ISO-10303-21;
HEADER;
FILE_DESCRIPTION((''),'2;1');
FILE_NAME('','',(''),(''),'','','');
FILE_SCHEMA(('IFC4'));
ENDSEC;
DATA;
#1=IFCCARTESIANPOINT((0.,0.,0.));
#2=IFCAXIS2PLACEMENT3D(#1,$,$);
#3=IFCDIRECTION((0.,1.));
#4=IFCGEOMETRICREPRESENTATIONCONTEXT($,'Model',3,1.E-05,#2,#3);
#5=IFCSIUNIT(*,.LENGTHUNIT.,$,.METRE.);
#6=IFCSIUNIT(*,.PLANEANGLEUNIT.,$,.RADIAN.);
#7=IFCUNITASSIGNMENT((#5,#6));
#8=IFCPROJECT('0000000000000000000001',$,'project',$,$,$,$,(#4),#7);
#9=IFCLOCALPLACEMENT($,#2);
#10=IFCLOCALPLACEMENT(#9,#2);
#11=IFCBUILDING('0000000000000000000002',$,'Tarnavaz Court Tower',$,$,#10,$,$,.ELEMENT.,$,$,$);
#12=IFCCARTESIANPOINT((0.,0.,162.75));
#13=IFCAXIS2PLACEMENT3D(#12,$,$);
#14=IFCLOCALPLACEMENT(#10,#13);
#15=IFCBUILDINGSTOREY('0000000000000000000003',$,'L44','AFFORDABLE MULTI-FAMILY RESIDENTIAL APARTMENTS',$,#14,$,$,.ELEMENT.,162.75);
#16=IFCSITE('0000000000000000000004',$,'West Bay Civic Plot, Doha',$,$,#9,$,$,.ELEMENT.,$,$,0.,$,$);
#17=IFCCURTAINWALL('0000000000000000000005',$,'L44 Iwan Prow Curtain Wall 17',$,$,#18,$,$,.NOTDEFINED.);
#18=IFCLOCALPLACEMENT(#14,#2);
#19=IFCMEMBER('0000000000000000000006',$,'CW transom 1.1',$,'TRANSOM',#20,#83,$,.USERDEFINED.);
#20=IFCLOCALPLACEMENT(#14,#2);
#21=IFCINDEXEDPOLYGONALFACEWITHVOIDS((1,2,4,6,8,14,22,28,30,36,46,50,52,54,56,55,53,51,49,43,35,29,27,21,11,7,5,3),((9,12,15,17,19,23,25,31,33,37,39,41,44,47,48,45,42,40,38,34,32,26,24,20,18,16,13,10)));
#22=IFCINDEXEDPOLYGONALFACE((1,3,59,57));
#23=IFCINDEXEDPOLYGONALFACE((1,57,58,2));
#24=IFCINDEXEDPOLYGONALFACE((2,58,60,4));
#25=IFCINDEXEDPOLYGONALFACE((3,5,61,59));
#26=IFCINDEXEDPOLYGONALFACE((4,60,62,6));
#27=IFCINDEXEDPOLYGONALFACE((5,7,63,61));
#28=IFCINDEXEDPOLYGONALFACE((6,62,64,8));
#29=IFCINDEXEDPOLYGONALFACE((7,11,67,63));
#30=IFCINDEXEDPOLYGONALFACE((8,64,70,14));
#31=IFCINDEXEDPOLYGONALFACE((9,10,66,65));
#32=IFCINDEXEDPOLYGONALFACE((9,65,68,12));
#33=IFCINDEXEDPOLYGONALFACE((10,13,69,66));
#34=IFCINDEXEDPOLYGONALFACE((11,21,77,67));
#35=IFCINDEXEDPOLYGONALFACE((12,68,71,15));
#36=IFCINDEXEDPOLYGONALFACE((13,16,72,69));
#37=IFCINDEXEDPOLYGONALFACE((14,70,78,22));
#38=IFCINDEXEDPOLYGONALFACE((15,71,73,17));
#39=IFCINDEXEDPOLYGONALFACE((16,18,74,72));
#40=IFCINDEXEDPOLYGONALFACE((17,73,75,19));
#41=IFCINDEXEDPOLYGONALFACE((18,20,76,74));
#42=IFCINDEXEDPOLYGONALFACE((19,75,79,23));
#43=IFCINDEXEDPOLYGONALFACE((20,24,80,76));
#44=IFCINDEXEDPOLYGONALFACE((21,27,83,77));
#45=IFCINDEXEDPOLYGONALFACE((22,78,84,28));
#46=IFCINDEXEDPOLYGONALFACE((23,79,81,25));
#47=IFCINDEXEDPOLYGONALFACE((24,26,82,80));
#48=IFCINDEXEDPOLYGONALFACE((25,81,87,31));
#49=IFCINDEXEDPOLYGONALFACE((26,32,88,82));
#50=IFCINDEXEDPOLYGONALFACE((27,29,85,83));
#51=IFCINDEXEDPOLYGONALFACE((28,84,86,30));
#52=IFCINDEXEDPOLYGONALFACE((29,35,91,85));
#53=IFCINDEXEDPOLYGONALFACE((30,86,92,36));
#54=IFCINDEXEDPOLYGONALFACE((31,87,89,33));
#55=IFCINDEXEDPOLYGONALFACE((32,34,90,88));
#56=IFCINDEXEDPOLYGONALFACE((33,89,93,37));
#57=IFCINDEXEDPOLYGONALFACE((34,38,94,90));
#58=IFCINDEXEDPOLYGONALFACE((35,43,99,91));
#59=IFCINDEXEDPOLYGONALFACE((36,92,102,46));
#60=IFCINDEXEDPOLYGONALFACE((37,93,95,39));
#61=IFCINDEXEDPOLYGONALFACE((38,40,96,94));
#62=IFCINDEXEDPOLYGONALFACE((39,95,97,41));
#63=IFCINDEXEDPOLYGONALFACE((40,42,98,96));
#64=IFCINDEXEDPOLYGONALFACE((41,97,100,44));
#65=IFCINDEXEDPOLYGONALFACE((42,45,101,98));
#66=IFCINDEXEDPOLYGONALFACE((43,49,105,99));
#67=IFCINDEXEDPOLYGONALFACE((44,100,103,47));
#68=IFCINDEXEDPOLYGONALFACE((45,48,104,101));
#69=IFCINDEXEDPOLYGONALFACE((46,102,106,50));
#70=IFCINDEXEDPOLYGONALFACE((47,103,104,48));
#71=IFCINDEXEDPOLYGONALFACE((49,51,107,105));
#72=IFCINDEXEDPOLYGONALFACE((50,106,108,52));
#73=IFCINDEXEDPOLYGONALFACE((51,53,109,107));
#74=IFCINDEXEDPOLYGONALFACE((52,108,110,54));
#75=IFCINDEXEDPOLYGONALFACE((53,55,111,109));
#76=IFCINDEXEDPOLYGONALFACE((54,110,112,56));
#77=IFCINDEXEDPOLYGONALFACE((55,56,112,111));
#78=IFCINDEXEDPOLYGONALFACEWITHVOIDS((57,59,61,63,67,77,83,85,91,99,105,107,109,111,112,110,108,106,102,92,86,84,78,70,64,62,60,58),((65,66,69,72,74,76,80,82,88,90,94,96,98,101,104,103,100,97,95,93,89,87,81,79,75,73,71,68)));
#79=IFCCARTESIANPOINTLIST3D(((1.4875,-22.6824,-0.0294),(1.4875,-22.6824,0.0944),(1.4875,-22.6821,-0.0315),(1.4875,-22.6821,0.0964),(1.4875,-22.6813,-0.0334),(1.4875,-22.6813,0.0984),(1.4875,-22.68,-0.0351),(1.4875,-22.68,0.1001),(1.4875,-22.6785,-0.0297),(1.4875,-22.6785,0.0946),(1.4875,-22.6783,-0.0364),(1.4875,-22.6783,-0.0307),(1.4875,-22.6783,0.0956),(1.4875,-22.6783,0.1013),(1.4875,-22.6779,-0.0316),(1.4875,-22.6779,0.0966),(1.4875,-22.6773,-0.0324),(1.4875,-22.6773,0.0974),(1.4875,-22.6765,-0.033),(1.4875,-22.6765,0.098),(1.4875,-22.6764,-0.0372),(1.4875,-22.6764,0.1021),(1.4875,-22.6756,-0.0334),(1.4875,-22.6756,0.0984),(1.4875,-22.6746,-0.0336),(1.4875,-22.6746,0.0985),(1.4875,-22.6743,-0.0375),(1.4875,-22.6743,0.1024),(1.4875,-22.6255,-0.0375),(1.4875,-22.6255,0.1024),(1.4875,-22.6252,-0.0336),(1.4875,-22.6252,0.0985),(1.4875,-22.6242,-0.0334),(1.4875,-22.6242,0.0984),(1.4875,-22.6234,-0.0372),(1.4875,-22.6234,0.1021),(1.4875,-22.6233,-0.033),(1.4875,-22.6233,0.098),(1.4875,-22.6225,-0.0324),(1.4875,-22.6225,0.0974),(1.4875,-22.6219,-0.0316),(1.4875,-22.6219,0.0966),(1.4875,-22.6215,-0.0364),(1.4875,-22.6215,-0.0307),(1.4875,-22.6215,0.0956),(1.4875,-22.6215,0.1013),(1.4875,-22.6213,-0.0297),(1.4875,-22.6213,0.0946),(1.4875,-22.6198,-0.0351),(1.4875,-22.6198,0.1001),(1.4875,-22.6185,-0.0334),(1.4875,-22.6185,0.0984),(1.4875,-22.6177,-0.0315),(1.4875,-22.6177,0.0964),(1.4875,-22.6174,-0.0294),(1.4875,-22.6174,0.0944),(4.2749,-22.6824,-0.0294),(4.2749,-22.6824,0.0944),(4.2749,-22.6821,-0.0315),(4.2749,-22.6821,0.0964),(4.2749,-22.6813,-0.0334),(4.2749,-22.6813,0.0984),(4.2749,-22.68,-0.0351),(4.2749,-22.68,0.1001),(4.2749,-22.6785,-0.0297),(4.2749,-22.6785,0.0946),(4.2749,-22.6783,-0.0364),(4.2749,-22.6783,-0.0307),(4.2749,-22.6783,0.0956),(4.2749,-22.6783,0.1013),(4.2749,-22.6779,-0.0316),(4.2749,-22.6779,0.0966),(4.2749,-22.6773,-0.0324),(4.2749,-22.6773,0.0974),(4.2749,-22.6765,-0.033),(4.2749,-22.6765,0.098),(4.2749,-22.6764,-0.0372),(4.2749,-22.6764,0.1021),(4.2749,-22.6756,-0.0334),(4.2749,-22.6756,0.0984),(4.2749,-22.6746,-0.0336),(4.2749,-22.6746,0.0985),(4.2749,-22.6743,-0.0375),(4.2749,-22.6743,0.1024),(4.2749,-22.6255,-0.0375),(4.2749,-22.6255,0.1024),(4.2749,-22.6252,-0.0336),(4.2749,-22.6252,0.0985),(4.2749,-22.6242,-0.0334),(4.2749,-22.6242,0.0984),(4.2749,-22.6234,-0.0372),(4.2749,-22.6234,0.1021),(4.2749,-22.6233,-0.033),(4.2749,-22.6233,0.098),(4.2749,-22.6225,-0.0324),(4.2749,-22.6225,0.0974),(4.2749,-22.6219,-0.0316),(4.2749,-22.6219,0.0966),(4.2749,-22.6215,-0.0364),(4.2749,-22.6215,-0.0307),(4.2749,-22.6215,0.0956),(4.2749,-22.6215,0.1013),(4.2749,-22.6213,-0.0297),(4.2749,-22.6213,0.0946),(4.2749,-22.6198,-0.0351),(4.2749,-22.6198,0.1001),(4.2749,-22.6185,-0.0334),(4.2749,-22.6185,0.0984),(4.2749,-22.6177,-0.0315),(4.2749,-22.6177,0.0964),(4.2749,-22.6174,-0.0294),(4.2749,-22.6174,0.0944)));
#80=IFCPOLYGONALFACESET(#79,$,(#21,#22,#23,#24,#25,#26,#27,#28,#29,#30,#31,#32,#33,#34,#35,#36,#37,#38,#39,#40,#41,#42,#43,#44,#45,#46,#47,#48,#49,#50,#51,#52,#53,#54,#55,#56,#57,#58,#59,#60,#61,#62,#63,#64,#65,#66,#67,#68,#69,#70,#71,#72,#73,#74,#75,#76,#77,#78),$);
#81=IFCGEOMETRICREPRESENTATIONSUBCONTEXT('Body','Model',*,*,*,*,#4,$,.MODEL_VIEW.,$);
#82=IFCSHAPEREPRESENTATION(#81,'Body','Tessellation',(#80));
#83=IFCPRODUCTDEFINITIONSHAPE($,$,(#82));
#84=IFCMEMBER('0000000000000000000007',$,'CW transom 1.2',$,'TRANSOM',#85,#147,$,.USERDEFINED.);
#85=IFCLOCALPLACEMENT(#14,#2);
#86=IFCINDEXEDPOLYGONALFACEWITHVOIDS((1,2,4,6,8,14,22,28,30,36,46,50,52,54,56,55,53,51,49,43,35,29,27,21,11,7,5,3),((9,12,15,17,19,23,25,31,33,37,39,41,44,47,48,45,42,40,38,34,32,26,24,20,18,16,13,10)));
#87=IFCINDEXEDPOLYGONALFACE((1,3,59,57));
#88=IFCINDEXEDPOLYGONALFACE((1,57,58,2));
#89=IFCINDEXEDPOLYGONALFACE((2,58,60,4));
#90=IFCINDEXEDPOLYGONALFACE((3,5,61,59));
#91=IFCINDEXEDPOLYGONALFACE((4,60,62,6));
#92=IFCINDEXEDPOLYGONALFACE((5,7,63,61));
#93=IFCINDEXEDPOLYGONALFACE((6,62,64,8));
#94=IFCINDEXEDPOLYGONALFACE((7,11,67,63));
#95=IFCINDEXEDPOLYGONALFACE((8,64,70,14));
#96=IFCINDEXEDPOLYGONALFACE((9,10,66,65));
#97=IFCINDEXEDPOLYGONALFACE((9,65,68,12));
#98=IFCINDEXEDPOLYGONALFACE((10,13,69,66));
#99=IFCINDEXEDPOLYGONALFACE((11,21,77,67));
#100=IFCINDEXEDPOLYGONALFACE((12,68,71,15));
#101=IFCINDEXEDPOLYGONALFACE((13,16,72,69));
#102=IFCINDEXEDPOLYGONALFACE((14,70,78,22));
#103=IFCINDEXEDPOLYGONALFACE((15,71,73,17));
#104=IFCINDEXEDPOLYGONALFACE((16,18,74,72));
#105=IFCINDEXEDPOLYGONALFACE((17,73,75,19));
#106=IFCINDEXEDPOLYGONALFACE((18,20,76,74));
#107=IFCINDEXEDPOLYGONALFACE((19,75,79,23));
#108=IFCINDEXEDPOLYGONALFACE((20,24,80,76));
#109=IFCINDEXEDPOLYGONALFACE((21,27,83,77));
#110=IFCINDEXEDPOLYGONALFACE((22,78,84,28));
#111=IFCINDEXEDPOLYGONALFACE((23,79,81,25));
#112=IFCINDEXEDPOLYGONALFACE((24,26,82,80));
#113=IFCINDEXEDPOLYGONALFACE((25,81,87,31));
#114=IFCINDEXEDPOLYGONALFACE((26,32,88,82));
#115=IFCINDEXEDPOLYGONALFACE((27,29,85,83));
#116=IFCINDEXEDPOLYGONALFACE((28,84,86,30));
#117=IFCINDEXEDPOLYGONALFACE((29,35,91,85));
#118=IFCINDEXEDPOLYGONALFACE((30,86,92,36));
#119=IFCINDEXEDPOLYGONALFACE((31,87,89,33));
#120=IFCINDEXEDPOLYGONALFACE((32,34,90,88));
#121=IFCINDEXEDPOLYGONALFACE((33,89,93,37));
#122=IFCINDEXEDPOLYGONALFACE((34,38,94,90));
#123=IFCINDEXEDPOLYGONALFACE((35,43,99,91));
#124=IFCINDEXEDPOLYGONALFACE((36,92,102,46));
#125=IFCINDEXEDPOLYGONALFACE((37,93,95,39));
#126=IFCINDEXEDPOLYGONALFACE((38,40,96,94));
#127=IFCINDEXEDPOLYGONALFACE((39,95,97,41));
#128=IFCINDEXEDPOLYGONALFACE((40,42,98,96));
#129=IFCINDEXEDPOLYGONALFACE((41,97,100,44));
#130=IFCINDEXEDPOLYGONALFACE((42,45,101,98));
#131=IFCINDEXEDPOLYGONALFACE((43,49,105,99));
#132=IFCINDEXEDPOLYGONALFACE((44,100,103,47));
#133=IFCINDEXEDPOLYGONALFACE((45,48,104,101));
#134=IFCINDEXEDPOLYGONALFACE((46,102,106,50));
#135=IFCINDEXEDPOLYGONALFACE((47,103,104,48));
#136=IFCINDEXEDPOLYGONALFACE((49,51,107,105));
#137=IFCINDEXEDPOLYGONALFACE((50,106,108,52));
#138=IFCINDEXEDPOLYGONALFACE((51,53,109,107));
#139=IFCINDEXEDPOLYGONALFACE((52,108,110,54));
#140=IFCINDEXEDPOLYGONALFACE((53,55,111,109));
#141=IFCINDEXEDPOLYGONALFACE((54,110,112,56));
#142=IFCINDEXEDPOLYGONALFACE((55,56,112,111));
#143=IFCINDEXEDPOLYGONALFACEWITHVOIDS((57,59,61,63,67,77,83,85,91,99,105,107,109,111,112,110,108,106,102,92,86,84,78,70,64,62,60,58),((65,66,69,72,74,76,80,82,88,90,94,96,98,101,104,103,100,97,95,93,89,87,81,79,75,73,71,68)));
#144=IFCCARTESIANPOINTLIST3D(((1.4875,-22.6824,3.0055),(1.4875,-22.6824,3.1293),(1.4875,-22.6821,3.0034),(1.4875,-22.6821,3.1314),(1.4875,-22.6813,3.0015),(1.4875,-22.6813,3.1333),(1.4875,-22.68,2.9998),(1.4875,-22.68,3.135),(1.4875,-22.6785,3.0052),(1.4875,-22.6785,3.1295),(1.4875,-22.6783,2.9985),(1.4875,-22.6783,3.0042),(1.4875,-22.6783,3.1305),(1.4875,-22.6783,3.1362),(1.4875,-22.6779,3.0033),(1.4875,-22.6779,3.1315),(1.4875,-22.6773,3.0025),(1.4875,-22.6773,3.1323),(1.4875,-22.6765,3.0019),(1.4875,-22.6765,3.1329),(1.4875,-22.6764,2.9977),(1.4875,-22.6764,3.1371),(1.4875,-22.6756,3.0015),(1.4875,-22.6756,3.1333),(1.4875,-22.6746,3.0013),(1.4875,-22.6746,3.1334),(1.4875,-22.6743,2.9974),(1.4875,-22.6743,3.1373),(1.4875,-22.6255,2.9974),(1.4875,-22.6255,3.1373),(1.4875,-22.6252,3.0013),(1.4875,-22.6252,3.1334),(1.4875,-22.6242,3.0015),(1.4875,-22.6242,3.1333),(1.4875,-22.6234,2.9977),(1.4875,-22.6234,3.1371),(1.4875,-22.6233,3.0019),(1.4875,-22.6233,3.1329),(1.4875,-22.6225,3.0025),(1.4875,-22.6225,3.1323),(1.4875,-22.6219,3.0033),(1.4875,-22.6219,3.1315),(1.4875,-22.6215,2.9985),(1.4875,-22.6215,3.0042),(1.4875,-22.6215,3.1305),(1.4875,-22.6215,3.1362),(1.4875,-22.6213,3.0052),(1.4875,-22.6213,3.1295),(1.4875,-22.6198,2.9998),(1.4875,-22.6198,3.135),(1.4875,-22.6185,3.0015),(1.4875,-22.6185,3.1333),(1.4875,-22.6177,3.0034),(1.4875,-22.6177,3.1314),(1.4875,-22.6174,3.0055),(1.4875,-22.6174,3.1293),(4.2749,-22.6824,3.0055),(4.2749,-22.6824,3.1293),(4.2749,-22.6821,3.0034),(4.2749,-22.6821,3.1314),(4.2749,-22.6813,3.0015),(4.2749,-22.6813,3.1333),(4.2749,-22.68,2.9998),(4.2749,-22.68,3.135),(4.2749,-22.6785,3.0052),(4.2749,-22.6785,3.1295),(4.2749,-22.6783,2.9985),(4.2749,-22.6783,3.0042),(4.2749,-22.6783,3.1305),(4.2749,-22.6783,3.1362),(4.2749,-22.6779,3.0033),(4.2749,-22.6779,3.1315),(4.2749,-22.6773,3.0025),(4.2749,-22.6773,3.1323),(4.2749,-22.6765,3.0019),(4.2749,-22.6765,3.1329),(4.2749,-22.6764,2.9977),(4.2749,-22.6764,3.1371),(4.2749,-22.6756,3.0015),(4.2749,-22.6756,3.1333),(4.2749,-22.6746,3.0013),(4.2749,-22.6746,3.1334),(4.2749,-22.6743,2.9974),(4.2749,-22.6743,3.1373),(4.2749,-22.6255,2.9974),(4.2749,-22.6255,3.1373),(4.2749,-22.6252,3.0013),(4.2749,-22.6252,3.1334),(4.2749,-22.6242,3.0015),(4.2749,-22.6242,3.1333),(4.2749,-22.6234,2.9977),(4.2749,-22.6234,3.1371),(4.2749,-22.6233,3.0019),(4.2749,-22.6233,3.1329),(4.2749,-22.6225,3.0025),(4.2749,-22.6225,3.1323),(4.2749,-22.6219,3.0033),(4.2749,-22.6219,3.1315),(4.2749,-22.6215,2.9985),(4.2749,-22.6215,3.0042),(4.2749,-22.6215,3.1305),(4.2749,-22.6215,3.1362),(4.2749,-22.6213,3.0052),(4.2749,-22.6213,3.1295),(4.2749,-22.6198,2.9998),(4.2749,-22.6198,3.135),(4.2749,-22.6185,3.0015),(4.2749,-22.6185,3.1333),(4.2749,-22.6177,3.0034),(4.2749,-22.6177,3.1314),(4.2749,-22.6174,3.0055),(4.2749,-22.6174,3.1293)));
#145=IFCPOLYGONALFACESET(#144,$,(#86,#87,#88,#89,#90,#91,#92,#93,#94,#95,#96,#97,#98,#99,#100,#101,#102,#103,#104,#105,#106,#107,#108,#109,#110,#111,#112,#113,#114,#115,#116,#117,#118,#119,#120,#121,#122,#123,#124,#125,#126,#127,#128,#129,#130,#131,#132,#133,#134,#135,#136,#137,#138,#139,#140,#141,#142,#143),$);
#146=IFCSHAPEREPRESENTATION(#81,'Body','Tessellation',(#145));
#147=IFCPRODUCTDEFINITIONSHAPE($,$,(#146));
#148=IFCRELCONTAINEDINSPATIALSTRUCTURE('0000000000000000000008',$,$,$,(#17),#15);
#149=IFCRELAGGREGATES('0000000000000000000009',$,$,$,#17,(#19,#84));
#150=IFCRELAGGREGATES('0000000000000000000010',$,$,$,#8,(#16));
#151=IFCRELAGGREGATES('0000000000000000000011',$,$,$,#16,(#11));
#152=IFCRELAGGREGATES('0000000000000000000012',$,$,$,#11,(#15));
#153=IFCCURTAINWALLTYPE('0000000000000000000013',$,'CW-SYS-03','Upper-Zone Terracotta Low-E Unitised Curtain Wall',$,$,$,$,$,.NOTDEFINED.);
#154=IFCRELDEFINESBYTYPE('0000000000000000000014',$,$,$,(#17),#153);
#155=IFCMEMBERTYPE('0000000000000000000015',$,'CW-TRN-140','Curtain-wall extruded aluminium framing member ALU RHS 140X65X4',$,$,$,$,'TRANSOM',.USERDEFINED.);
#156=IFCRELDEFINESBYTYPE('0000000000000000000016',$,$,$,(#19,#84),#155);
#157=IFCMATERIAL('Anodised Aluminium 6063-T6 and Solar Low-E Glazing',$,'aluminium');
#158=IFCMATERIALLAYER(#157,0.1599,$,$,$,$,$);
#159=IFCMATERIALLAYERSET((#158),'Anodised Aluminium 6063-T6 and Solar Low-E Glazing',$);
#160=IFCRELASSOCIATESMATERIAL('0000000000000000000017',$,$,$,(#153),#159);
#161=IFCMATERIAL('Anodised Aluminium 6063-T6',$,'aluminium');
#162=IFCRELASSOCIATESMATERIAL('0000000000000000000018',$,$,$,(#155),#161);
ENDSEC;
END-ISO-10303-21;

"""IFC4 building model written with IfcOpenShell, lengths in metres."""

from ifc_helpers import new_model, si_unit, direction, frame, origin, origin_2d, place, context, subcontext, project, spatial, hollow_rectangle, extrude, material, layer, layer_set, material_profile, profile_set, type_object, element, aggregate, save


model = new_model("IFC4")

# Units and contexts
model_context = context("Model", 3, precision=1e-05, world=origin(), true_north=direction((0.0, 1.0)))
body_context = subcontext(model_context, "Body", "Model", "MODEL_VIEW")
ifc_project = project(units=[si_unit("LENGTHUNIT", "METRE"), si_unit("PLANEANGLEUNIT", "RADIAN")], contexts=[model_context])

# Site, building, storey
site_placement = place(None, origin())
site = spatial("IfcSite", under=ifc_project, at=site_placement, Name="West Bay Civic Plot, Doha", CompositionType="ELEMENT", RefElevation=0.0)
building_placement = place(site_placement, origin())
building = spatial("IfcBuilding", under=site, at=building_placement, Name="Tarnavaz Court Tower", CompositionType="ELEMENT")
storey_placement = place(building_placement, frame((0.0, 0.0, 162.75)))
storey = spatial("IfcBuildingStorey", under=building, at=storey_placement, Name="L44", Description="AFFORDABLE MULTI-FAMILY RESIDENTIAL APARTMENTS", CompositionType="ELEMENT", Elevation=162.75)

# Curtain wall, members
ifc_material_1 = material(Name="Anodised Aluminium 6063-T6 and Solar Low-E Glazing", Category="aluminium")
ifc_layer_1 = layer(ifc_material_1, 0.1599)
ifc_layer_set_1 = layer_set([ifc_layer_1], Name="Anodised Aluminium 6063-T6 and Solar Low-E Glazing")
curtain_wall_type = type_object("IfcCurtainWallType", Name="CW-SYS-03", Description="Upper-Zone Terracotta Low-E Unitised Curtain Wall", PredefinedType="NOTDEFINED", material=ifc_layer_set_1)
curtain_wall_placement = place(storey_placement, origin())
curtain_wall = element("IfcCurtainWall", 1, at=curtain_wall_placement, inside=storey, type_object=curtain_wall_type, Name="L44 Iwan Prow Curtain Wall 17", PredefinedType="NOTDEFINED")
ifc_material_2 = material(Name="Anodised Aluminium 6063-T6", Category="aluminium")
ifc_material_profile_1 = material_profile(ifc_material_2, hollow_rectangle(XDim=0.0649, YDim=0.1399, WallThickness=0.0039, InnerFilletRadius=0.0039, OuterFilletRadius=0.0081, at=origin_2d()), Name="ALU RHS 140X65X4")
ifc_profile_set_1 = profile_set([ifc_material_profile_1], Name="Anodised Aluminium 6063-T6")
member_type_1 = type_object("IfcMemberType", Name="CW-TRN-140", Description="Curtain-wall extruded aluminium framing member ALU RHS 140X65X4", ElementType="TRANSOM", PredefinedType="USERDEFINED", material=ifc_profile_set_1)
member_1_placement = place(storey_placement, frame((4.2749, -22.6499, 0.0325), z_axis=(-1.0, 0.0, 0.0), x_axis=(0.0, -1.0, 0.0)))
member_1 = element("IfcMember", 2, at=member_1_placement, type_object=member_type_1, Name="CW transom 1.1", ObjectType="TRANSOM", PredefinedType="USERDEFINED", context=body_context, shape_type="SweptSolid", body=[
    extrude(hollow_rectangle(XDim=0.0649, YDim=0.1399, WallThickness=0.0039, InnerFilletRadius=0.0039, OuterFilletRadius=0.0081, at=origin_2d()), origin(), (0.0, 0.0, 1.0), 2.7874),
])
member_2_placement = place(storey_placement, frame((4.2749, -22.6499, 3.0674), z_axis=(-1.0, 0.0, 0.0), x_axis=(0.0, -1.0, 0.0)))
member_2 = element("IfcMember", 3, at=member_2_placement, type_object=member_type_1, Name="CW transom 1.2", ObjectType="TRANSOM", PredefinedType="USERDEFINED", context=body_context, shape_type="SweptSolid", body=[
    extrude(hollow_rectangle(XDim=0.0649, YDim=0.1399, WallThickness=0.0039, InnerFilletRadius=0.0039, OuterFilletRadius=0.0081, at=origin_2d()), origin(), (0.0, 0.0, 1.0), 2.7874),
])
aggregate(curtain_wall, [member_1, member_2])

save(model, "model.ifc")
